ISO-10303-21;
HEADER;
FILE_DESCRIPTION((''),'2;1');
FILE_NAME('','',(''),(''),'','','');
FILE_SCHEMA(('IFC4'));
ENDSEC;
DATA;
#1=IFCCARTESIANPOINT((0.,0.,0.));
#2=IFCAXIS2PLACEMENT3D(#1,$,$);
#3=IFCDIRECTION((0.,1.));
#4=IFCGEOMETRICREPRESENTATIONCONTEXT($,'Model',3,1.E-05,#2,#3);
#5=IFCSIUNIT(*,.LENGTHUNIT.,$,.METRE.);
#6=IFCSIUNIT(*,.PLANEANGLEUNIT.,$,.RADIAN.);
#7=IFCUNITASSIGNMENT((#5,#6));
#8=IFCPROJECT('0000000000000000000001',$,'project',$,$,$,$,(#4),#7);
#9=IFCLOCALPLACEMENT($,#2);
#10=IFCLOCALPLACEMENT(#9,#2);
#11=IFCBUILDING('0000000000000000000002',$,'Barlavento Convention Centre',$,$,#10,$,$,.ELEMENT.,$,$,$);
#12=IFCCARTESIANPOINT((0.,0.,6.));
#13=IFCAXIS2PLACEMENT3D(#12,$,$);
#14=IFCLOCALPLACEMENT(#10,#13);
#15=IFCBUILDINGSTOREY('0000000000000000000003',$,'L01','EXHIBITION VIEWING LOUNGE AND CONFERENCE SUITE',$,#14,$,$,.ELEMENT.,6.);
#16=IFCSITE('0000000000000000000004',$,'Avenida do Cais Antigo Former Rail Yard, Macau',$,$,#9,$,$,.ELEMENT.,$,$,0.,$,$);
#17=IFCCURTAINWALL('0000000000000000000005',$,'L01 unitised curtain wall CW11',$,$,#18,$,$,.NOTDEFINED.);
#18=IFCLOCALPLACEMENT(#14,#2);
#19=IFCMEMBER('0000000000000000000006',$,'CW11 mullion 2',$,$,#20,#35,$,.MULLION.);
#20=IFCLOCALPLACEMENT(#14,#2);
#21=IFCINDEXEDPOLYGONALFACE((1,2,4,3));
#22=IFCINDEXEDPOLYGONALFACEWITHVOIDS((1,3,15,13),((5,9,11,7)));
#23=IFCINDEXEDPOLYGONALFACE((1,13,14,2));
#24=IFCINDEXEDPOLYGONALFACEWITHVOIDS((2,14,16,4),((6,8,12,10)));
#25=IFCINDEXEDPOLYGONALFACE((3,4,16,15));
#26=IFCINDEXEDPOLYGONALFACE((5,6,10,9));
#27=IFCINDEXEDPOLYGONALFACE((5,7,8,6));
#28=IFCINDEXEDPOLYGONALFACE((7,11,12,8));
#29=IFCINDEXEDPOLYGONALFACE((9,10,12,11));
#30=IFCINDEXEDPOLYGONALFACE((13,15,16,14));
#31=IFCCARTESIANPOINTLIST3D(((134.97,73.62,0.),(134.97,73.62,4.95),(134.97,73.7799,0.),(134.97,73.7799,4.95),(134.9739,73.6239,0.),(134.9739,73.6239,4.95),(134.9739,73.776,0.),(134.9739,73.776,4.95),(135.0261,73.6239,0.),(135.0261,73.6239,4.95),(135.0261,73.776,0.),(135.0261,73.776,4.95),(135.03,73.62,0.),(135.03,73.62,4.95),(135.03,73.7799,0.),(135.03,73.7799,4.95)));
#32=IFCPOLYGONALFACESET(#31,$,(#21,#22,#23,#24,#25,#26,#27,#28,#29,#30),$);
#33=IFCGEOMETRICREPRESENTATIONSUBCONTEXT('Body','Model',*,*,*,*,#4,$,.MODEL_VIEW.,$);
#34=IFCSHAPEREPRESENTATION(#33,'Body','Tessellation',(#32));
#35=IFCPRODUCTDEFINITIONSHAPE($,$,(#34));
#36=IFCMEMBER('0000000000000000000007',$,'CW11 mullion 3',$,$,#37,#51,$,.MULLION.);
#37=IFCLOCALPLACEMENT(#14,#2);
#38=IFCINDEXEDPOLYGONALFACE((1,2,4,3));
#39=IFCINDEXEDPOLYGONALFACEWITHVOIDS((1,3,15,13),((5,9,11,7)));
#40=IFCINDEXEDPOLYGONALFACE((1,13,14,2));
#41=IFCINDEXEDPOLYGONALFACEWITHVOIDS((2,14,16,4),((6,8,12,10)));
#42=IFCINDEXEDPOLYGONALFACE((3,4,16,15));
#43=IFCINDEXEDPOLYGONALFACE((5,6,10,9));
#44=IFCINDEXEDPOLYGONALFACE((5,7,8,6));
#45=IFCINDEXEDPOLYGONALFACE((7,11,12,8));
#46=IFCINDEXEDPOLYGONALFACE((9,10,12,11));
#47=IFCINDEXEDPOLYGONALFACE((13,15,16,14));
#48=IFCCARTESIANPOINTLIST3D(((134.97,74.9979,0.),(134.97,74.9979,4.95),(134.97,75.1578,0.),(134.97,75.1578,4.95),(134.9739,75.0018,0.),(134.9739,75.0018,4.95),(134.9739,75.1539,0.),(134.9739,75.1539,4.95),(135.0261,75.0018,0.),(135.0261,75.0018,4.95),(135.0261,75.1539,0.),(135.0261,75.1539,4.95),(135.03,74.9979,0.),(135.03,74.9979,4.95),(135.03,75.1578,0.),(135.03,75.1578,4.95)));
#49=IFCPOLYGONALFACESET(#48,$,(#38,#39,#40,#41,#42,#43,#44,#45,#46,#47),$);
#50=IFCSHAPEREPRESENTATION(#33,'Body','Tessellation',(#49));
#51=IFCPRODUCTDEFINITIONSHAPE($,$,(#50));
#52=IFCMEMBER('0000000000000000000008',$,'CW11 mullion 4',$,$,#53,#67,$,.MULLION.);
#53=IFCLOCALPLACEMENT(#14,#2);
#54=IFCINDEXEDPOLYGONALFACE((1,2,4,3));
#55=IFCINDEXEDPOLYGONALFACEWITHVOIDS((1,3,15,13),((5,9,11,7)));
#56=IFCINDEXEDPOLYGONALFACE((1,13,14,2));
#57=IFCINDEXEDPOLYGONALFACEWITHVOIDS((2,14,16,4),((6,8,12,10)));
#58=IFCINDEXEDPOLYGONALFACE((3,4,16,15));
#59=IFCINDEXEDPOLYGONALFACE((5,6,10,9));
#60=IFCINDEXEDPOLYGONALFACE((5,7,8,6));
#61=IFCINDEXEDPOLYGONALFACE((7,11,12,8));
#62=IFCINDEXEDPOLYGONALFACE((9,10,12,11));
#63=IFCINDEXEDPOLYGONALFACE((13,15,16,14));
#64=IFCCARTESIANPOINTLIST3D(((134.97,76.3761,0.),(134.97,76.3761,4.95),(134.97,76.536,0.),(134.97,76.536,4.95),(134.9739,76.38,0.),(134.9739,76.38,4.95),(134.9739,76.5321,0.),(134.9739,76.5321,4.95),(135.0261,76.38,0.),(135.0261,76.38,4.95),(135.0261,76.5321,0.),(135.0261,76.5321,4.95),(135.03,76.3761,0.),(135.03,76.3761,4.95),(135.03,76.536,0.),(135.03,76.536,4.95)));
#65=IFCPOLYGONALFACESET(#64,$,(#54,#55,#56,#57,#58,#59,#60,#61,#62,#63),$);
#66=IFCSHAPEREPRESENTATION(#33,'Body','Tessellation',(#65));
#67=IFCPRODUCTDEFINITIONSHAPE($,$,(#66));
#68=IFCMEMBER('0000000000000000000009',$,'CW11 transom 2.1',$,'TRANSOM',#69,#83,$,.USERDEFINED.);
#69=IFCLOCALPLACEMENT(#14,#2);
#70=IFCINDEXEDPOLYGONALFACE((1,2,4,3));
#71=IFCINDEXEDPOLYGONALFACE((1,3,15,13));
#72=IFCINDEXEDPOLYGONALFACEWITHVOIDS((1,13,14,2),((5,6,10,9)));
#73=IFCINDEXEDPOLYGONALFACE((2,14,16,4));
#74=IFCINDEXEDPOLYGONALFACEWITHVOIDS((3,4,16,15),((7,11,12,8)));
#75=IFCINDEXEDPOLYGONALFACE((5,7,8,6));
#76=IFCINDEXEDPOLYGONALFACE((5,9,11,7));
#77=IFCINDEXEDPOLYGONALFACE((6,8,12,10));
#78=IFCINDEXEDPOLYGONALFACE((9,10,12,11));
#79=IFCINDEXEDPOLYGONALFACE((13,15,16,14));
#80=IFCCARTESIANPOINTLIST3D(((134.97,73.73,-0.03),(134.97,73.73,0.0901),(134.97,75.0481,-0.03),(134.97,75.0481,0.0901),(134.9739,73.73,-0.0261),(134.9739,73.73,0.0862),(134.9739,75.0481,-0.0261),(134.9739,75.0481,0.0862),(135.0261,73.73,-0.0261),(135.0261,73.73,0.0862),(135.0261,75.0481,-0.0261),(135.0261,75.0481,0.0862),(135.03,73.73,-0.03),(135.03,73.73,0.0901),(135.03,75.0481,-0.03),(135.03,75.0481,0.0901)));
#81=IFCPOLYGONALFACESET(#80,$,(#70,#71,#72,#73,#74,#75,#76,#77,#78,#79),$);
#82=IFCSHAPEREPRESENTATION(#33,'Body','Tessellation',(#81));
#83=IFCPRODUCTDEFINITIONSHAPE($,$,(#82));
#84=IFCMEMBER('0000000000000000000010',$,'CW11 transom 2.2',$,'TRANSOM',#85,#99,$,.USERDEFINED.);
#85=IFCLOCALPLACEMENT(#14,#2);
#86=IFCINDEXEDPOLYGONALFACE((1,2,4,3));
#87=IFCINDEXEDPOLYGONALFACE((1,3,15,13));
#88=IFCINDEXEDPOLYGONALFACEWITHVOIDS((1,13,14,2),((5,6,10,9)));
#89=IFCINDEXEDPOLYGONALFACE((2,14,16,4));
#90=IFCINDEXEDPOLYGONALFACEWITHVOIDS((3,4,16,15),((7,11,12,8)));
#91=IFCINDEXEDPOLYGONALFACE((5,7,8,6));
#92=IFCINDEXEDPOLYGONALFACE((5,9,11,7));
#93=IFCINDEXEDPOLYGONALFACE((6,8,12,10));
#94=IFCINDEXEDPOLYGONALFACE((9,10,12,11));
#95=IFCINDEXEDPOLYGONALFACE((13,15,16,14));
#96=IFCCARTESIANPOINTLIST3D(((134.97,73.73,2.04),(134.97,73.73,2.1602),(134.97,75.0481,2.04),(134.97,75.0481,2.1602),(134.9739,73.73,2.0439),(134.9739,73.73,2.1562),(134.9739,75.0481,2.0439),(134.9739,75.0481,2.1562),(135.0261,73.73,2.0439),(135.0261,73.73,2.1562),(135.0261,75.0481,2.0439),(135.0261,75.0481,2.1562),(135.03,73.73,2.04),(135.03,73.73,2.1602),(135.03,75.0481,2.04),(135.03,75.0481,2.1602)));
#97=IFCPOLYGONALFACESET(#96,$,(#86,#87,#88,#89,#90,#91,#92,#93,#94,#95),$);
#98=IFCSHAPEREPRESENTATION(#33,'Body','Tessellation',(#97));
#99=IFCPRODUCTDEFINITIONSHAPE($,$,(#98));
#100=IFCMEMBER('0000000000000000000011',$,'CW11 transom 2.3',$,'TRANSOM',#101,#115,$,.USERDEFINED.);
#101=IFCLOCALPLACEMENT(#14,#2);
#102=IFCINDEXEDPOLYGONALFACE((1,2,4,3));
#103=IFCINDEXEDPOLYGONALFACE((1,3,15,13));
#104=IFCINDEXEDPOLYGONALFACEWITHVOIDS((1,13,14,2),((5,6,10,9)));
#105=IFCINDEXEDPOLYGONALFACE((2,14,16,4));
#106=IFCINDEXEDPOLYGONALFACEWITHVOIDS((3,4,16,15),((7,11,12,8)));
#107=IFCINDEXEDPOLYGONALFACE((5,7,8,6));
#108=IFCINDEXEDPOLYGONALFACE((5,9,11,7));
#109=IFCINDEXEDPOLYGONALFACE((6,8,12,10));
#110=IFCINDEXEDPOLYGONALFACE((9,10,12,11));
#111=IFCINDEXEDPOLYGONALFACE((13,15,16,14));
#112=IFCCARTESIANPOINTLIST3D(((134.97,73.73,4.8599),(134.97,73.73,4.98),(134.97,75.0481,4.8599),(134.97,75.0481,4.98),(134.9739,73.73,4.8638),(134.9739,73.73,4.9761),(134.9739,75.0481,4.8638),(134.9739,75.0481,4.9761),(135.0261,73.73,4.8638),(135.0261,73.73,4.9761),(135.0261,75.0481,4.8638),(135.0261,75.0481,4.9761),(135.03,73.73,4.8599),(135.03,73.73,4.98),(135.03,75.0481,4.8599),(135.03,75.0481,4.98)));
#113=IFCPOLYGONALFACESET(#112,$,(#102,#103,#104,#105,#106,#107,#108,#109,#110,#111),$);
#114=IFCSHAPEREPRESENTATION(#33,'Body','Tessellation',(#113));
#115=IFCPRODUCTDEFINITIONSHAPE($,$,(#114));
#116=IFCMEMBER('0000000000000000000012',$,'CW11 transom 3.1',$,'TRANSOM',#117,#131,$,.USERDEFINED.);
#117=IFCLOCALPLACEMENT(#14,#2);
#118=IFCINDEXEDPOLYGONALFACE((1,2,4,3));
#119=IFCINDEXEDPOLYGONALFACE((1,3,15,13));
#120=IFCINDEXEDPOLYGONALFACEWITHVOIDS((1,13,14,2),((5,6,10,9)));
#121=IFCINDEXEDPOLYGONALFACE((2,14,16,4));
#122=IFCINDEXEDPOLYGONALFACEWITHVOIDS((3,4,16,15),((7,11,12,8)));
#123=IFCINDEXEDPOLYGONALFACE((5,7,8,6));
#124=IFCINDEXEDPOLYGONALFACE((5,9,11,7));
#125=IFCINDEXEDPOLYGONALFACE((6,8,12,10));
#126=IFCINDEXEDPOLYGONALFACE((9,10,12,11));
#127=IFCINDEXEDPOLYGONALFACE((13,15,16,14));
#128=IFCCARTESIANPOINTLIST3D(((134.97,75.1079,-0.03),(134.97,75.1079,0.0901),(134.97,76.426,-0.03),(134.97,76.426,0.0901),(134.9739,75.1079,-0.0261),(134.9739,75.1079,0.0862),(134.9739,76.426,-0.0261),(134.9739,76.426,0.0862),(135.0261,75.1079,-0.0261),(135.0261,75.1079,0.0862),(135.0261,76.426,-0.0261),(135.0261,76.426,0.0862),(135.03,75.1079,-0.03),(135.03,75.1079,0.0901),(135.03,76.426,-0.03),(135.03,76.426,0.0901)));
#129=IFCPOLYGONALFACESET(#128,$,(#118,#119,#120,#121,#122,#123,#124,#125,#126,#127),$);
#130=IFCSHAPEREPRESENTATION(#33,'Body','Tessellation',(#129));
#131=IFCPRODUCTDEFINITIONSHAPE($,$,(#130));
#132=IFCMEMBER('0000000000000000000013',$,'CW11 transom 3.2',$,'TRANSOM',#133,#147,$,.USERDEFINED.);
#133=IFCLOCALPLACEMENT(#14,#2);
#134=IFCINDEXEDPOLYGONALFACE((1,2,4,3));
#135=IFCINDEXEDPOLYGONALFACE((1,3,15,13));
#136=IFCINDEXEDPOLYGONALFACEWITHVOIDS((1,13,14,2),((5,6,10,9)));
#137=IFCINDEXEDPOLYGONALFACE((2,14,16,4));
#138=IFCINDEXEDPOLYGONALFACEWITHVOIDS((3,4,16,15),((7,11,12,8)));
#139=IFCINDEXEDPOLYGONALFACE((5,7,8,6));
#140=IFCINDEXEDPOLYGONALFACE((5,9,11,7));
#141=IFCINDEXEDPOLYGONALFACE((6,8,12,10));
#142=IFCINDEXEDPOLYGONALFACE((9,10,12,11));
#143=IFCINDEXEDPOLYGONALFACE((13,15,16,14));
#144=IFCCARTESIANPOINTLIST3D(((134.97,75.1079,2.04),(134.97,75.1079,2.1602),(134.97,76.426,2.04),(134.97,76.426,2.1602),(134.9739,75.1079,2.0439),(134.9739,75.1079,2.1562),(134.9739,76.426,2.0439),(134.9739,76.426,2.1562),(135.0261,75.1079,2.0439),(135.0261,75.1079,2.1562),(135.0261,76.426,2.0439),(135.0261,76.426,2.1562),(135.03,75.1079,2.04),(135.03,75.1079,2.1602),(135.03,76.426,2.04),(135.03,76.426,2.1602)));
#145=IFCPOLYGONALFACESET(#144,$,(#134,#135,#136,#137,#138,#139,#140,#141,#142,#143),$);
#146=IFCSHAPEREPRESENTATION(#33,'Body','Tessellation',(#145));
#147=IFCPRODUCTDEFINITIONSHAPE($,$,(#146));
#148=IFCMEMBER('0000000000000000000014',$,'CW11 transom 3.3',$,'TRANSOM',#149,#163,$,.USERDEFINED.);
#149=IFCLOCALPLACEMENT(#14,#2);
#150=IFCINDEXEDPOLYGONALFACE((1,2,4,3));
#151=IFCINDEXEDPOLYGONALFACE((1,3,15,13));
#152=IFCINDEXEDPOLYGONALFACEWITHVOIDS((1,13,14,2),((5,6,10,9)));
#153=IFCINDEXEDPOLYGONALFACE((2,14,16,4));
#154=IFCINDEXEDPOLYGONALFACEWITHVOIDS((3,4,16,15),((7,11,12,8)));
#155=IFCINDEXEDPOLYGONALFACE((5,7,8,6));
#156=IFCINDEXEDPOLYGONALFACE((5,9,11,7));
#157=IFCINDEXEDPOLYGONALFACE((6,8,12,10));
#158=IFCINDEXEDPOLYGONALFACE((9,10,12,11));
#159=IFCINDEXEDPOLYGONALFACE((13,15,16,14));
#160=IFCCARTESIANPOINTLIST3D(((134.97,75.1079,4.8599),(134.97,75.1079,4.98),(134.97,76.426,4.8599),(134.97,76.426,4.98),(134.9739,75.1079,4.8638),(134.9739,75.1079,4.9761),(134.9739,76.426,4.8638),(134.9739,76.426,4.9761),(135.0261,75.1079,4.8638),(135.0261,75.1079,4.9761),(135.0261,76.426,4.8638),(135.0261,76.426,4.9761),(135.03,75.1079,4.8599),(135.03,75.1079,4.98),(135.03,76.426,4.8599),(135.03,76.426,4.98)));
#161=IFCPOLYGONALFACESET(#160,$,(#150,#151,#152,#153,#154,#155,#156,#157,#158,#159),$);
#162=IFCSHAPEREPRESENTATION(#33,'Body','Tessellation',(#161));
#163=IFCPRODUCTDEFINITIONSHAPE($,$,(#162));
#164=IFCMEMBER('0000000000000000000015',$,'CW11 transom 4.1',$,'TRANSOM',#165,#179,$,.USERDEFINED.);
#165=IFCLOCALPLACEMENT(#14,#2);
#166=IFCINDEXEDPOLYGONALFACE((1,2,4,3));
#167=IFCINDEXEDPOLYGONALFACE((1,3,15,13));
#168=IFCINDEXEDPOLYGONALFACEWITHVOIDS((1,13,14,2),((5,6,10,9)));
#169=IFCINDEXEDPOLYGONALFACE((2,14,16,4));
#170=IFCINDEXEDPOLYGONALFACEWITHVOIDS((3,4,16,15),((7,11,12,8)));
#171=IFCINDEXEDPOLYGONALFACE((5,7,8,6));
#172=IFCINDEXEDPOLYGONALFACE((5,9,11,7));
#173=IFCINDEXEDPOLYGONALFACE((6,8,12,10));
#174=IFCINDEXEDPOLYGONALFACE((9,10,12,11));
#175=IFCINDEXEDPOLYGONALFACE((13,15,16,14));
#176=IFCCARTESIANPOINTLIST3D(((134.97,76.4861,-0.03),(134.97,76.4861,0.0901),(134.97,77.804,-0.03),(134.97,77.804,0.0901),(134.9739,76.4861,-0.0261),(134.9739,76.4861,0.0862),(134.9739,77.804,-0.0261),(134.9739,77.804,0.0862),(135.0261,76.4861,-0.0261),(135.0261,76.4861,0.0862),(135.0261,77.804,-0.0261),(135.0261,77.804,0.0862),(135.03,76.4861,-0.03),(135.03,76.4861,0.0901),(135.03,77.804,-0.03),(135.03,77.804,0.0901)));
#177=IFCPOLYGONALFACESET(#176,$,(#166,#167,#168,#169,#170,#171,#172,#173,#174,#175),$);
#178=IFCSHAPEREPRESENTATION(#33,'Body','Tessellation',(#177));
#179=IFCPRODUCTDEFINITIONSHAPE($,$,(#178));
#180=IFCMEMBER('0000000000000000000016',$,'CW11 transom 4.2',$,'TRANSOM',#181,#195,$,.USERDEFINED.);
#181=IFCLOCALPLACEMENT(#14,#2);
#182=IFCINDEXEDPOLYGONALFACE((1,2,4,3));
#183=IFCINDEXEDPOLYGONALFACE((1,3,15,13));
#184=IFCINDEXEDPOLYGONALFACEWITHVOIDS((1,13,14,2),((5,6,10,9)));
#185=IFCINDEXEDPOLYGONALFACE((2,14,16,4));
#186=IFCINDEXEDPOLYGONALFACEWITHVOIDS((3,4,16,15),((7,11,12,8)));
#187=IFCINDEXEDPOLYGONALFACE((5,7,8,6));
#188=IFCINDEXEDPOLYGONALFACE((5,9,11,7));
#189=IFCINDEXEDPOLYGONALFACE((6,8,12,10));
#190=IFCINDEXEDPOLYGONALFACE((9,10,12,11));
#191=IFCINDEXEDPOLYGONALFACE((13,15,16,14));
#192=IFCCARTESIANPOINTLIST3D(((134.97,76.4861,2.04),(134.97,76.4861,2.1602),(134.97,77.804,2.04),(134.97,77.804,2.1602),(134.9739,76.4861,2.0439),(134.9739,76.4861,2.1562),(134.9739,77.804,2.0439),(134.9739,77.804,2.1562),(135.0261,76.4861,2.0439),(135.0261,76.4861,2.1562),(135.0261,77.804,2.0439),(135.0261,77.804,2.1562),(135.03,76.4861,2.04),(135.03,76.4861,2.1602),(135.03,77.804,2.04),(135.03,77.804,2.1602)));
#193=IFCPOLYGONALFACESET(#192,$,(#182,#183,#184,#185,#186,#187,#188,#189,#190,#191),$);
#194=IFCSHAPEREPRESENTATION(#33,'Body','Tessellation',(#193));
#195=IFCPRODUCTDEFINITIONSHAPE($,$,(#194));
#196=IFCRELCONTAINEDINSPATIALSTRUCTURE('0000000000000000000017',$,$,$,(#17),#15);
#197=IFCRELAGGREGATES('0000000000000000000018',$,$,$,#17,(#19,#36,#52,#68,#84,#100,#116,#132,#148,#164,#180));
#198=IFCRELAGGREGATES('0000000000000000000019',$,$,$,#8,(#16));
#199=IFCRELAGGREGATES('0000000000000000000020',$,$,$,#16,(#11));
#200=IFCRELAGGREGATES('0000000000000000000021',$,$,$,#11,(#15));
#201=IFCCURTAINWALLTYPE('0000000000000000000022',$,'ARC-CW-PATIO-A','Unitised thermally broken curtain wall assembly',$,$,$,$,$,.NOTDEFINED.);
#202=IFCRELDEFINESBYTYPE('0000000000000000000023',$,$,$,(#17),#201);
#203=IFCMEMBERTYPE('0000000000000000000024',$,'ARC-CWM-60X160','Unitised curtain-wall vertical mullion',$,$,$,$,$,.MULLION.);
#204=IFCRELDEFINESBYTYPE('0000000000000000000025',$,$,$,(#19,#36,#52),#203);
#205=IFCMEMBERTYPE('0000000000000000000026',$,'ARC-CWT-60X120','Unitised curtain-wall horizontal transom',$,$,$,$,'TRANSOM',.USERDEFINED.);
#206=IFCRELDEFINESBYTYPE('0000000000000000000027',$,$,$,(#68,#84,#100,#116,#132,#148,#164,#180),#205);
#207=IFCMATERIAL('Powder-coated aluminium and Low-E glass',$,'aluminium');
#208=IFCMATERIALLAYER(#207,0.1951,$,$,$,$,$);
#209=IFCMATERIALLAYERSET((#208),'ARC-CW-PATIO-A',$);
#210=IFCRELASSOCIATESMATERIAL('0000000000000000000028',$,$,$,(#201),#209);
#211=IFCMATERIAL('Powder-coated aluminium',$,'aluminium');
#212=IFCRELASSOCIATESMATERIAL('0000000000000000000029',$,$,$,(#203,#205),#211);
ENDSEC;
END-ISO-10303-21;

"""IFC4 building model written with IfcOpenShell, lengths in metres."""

from ifc_helpers import new_model, si_unit, direction, frame, origin, origin_2d, place, context, subcontext, project, spatial, hollow_rectangle, extrude, material, layer, layer_set, material_profile, profile_set, type_object, element, aggregate, save


model = new_model("IFC4")

# Units and contexts
model_context = context("Model", 3, precision=1e-05, world=origin(), true_north=direction((0.0, 1.0)))
body_context = subcontext(model_context, "Body", "Model", "MODEL_VIEW")
ifc_project = project(units=[si_unit("LENGTHUNIT", "METRE"), si_unit("PLANEANGLEUNIT", "RADIAN")], contexts=[model_context])

# Site, building, storey
site_placement = place(None, origin())
site = spatial("IfcSite", under=ifc_project, at=site_placement, Name="Avenida do Cais Antigo Former Rail Yard, Macau", CompositionType="ELEMENT", RefElevation=0.0)
building_placement = place(site_placement, origin())
building = spatial("IfcBuilding", under=site, at=building_placement, Name="Barlavento Convention Centre", CompositionType="ELEMENT")
storey_placement = place(building_placement, frame((0.0, 0.0, 6.0)))
storey = spatial("IfcBuildingStorey", under=building, at=storey_placement, Name="L01", Description="EXHIBITION VIEWING LOUNGE AND CONFERENCE SUITE", CompositionType="ELEMENT", Elevation=6.0)

# Curtain wall, members
ifc_material_1 = material(Name="Powder-coated aluminium and Low-E glass", Category="aluminium")
ifc_layer_1 = layer(ifc_material_1, 0.1951)
ifc_layer_set_1 = layer_set([ifc_layer_1], Name="ARC-CW-PATIO-A")
curtain_wall_type = type_object("IfcCurtainWallType", Name="ARC-CW-PATIO-A", Description="Unitised thermally broken curtain wall assembly", PredefinedType="NOTDEFINED", material=ifc_layer_set_1)
curtain_wall_placement = place(storey_placement, origin())
curtain_wall = element("IfcCurtainWall", 1, at=curtain_wall_placement, inside=storey, type_object=curtain_wall_type, Name="L01 unitised curtain wall CW11", PredefinedType="NOTDEFINED")
ifc_material_2 = material(Name="Powder-coated aluminium", Category="aluminium")
ifc_material_profile_1 = material_profile(ifc_material_2, hollow_rectangle(XDim=0.0601, YDim=0.1599, WallThickness=0.0039, at=origin_2d()), Name="AL-MULL 60x160x4")
ifc_profile_set_1 = profile_set([ifc_material_profile_1], Name="Powder-coated aluminium")
member_type_1 = type_object("IfcMemberType", Name="ARC-CWM-60X160", Description="Unitised curtain-wall vertical mullion", PredefinedType="MULLION", material=ifc_profile_set_1)
member_1_placement = place(storey_placement, frame((135.0, 73.7, 0.0), z_axis=(0.0, 0.0, 1.0), x_axis=(-1.0, 0.0, 0.0)))
member_1 = element("IfcMember", 2, at=member_1_placement, type_object=member_type_1, Name="CW11 mullion 2", PredefinedType="MULLION", context=body_context, shape_type="SweptSolid", body=[
    extrude(hollow_rectangle(XDim=0.0601, YDim=0.1599, WallThickness=0.0039, at=origin_2d()), origin(), (0.0, 0.0, 1.0), 4.95),
])
member_2_placement = place(storey_placement, frame((135.0, 75.0779, 0.0), z_axis=(0.0, 0.0, 1.0), x_axis=(-1.0, 0.0, 0.0)))
member_2 = element("IfcMember", 3, at=member_2_placement, type_object=member_type_1, Name="CW11 mullion 3", PredefinedType="MULLION", context=body_context, shape_type="SweptSolid", body=[
    extrude(hollow_rectangle(XDim=0.0601, YDim=0.1599, WallThickness=0.0039, at=origin_2d()), origin(), (0.0, 0.0, 1.0), 4.95),
])
member_3_placement = place(storey_placement, frame((135.0, 76.4561, 0.0), z_axis=(0.0, 0.0, 1.0), x_axis=(-1.0, 0.0, 0.0)))
member_3 = element("IfcMember", 4, at=member_3_placement, type_object=member_type_1, Name="CW11 mullion 4", PredefinedType="MULLION", context=body_context, shape_type="SweptSolid", body=[
    extrude(hollow_rectangle(XDim=0.0601, YDim=0.1599, WallThickness=0.0039, at=origin_2d()), origin(), (0.0, 0.0, 1.0), 4.95),
])
ifc_material_profile_2 = material_profile(ifc_material_2, hollow_rectangle(XDim=0.0601, YDim=0.1201, WallThickness=0.0039, at=origin_2d()), Name="AL-TRAN 60x120x4")
ifc_profile_set_2 = profile_set([ifc_material_profile_2], Name="Powder-coated aluminium")
member_type_2 = type_object("IfcMemberType", Name="ARC-CWT-60X120", Description="Unitised curtain-wall horizontal transom", ElementType="TRANSOM", PredefinedType="USERDEFINED", material=ifc_profile_set_2)
member_4_placement = place(storey_placement, frame((135.0, 73.73, 0.03), z_axis=(0.0, 1.0, 0.0), x_axis=(-1.0, 0.0, 0.0)))
member_4 = element("IfcMember", 5, at=member_4_placement, type_object=member_type_2, Name="CW11 transom 2.1", ObjectType="TRANSOM", PredefinedType="USERDEFINED", context=body_context, shape_type="SweptSolid", body=[
    extrude(hollow_rectangle(XDim=0.0601, YDim=0.1201, WallThickness=0.0039, at=origin_2d()), origin(), (0.0, 0.0, 1.0), 1.3181),
])
member_5_placement = place(storey_placement, frame((135.0, 73.73, 2.1001), z_axis=(0.0, 1.0, 0.0), x_axis=(-1.0, 0.0, 0.0)))
member_5 = element("IfcMember", 6, at=member_5_placement, type_object=member_type_2, Name="CW11 transom 2.2", ObjectType="TRANSOM", PredefinedType="USERDEFINED", context=body_context, shape_type="SweptSolid", body=[
    extrude(hollow_rectangle(XDim=0.0601, YDim=0.1201, WallThickness=0.0039, at=origin_2d()), origin(), (0.0, 0.0, 1.0), 1.3181),
])
member_6_placement = place(storey_placement, frame((135.0, 73.73, 4.9199), z_axis=(0.0, 1.0, 0.0), x_axis=(-1.0, 0.0, 0.0)))
member_6 = element("IfcMember", 7, at=member_6_placement, type_object=member_type_2, Name="CW11 transom 2.3", ObjectType="TRANSOM", PredefinedType="USERDEFINED", context=body_context, shape_type="SweptSolid", body=[
    extrude(hollow_rectangle(XDim=0.0601, YDim=0.1201, WallThickness=0.0039, at=origin_2d()), origin(), (0.0, 0.0, 1.0), 1.3181),
])
member_7_placement = place(storey_placement, frame((135.0, 75.1079, 0.03), z_axis=(0.0, 1.0, 0.0), x_axis=(-1.0, 0.0, 0.0)))
member_7 = element("IfcMember", 8, at=member_7_placement, type_object=member_type_2, Name="CW11 transom 3.1", ObjectType="TRANSOM", PredefinedType="USERDEFINED", context=body_context, shape_type="SweptSolid", body=[
    extrude(hollow_rectangle(XDim=0.0601, YDim=0.1201, WallThickness=0.0039, at=origin_2d()), origin(), (0.0, 0.0, 1.0), 1.3181),
])
member_8_placement = place(storey_placement, frame((135.0, 75.1079, 2.1001), z_axis=(0.0, 1.0, 0.0), x_axis=(-1.0, 0.0, 0.0)))
member_8 = element("IfcMember", 9, at=member_8_placement, type_object=member_type_2, Name="CW11 transom 3.2", ObjectType="TRANSOM", PredefinedType="USERDEFINED", context=body_context, shape_type="SweptSolid", body=[
    extrude(hollow_rectangle(XDim=0.0601, YDim=0.1201, WallThickness=0.0039, at=origin_2d()), origin(), (0.0, 0.0, 1.0), 1.3181),
])
member_9_placement = place(storey_placement, frame((135.0, 75.1079, 4.9199), z_axis=(0.0, 1.0, 0.0), x_axis=(-1.0, 0.0, 0.0)))
member_9 = element("IfcMember", 10, at=member_9_placement, type_object=member_type_2, Name="CW11 transom 3.3", ObjectType="TRANSOM", PredefinedType="USERDEFINED", context=body_context, shape_type="SweptSolid", body=[
    extrude(hollow_rectangle(XDim=0.0601, YDim=0.1201, WallThickness=0.0039, at=origin_2d()), origin(), (0.0, 0.0, 1.0), 1.3181),
])
member_10_placement = place(storey_placement, frame((135.0, 76.4861, 0.03), z_axis=(0.0, 1.0, 0.0), x_axis=(-1.0, 0.0, 0.0)))
member_10 = element("IfcMember", 11, at=member_10_placement, type_object=member_type_2, Name="CW11 transom 4.1", ObjectType="TRANSOM", PredefinedType="USERDEFINED", context=body_context, shape_type="SweptSolid", body=[
    extrude(hollow_rectangle(XDim=0.0601, YDim=0.1201, WallThickness=0.0039, at=origin_2d()), origin(), (0.0, 0.0, 1.0), 1.3179),
])
member_11_placement = place(storey_placement, frame((135.0, 76.4861, 2.1001), z_axis=(0.0, 1.0, 0.0), x_axis=(-1.0, 0.0, 0.0)))
member_11 = element("IfcMember", 12, at=member_11_placement, type_object=member_type_2, Name="CW11 transom 4.2", ObjectType="TRANSOM", PredefinedType="USERDEFINED", context=body_context, shape_type="SweptSolid", body=[
    extrude(hollow_rectangle(XDim=0.0601, YDim=0.1201, WallThickness=0.0039, at=origin_2d()), origin(), (0.0, 0.0, 1.0), 1.3179),
])
aggregate(curtain_wall, [member_1, member_2, member_3, member_4, member_5, member_6, member_7, member_8, member_9, member_10, member_11])

save(model, "model.ifc")
